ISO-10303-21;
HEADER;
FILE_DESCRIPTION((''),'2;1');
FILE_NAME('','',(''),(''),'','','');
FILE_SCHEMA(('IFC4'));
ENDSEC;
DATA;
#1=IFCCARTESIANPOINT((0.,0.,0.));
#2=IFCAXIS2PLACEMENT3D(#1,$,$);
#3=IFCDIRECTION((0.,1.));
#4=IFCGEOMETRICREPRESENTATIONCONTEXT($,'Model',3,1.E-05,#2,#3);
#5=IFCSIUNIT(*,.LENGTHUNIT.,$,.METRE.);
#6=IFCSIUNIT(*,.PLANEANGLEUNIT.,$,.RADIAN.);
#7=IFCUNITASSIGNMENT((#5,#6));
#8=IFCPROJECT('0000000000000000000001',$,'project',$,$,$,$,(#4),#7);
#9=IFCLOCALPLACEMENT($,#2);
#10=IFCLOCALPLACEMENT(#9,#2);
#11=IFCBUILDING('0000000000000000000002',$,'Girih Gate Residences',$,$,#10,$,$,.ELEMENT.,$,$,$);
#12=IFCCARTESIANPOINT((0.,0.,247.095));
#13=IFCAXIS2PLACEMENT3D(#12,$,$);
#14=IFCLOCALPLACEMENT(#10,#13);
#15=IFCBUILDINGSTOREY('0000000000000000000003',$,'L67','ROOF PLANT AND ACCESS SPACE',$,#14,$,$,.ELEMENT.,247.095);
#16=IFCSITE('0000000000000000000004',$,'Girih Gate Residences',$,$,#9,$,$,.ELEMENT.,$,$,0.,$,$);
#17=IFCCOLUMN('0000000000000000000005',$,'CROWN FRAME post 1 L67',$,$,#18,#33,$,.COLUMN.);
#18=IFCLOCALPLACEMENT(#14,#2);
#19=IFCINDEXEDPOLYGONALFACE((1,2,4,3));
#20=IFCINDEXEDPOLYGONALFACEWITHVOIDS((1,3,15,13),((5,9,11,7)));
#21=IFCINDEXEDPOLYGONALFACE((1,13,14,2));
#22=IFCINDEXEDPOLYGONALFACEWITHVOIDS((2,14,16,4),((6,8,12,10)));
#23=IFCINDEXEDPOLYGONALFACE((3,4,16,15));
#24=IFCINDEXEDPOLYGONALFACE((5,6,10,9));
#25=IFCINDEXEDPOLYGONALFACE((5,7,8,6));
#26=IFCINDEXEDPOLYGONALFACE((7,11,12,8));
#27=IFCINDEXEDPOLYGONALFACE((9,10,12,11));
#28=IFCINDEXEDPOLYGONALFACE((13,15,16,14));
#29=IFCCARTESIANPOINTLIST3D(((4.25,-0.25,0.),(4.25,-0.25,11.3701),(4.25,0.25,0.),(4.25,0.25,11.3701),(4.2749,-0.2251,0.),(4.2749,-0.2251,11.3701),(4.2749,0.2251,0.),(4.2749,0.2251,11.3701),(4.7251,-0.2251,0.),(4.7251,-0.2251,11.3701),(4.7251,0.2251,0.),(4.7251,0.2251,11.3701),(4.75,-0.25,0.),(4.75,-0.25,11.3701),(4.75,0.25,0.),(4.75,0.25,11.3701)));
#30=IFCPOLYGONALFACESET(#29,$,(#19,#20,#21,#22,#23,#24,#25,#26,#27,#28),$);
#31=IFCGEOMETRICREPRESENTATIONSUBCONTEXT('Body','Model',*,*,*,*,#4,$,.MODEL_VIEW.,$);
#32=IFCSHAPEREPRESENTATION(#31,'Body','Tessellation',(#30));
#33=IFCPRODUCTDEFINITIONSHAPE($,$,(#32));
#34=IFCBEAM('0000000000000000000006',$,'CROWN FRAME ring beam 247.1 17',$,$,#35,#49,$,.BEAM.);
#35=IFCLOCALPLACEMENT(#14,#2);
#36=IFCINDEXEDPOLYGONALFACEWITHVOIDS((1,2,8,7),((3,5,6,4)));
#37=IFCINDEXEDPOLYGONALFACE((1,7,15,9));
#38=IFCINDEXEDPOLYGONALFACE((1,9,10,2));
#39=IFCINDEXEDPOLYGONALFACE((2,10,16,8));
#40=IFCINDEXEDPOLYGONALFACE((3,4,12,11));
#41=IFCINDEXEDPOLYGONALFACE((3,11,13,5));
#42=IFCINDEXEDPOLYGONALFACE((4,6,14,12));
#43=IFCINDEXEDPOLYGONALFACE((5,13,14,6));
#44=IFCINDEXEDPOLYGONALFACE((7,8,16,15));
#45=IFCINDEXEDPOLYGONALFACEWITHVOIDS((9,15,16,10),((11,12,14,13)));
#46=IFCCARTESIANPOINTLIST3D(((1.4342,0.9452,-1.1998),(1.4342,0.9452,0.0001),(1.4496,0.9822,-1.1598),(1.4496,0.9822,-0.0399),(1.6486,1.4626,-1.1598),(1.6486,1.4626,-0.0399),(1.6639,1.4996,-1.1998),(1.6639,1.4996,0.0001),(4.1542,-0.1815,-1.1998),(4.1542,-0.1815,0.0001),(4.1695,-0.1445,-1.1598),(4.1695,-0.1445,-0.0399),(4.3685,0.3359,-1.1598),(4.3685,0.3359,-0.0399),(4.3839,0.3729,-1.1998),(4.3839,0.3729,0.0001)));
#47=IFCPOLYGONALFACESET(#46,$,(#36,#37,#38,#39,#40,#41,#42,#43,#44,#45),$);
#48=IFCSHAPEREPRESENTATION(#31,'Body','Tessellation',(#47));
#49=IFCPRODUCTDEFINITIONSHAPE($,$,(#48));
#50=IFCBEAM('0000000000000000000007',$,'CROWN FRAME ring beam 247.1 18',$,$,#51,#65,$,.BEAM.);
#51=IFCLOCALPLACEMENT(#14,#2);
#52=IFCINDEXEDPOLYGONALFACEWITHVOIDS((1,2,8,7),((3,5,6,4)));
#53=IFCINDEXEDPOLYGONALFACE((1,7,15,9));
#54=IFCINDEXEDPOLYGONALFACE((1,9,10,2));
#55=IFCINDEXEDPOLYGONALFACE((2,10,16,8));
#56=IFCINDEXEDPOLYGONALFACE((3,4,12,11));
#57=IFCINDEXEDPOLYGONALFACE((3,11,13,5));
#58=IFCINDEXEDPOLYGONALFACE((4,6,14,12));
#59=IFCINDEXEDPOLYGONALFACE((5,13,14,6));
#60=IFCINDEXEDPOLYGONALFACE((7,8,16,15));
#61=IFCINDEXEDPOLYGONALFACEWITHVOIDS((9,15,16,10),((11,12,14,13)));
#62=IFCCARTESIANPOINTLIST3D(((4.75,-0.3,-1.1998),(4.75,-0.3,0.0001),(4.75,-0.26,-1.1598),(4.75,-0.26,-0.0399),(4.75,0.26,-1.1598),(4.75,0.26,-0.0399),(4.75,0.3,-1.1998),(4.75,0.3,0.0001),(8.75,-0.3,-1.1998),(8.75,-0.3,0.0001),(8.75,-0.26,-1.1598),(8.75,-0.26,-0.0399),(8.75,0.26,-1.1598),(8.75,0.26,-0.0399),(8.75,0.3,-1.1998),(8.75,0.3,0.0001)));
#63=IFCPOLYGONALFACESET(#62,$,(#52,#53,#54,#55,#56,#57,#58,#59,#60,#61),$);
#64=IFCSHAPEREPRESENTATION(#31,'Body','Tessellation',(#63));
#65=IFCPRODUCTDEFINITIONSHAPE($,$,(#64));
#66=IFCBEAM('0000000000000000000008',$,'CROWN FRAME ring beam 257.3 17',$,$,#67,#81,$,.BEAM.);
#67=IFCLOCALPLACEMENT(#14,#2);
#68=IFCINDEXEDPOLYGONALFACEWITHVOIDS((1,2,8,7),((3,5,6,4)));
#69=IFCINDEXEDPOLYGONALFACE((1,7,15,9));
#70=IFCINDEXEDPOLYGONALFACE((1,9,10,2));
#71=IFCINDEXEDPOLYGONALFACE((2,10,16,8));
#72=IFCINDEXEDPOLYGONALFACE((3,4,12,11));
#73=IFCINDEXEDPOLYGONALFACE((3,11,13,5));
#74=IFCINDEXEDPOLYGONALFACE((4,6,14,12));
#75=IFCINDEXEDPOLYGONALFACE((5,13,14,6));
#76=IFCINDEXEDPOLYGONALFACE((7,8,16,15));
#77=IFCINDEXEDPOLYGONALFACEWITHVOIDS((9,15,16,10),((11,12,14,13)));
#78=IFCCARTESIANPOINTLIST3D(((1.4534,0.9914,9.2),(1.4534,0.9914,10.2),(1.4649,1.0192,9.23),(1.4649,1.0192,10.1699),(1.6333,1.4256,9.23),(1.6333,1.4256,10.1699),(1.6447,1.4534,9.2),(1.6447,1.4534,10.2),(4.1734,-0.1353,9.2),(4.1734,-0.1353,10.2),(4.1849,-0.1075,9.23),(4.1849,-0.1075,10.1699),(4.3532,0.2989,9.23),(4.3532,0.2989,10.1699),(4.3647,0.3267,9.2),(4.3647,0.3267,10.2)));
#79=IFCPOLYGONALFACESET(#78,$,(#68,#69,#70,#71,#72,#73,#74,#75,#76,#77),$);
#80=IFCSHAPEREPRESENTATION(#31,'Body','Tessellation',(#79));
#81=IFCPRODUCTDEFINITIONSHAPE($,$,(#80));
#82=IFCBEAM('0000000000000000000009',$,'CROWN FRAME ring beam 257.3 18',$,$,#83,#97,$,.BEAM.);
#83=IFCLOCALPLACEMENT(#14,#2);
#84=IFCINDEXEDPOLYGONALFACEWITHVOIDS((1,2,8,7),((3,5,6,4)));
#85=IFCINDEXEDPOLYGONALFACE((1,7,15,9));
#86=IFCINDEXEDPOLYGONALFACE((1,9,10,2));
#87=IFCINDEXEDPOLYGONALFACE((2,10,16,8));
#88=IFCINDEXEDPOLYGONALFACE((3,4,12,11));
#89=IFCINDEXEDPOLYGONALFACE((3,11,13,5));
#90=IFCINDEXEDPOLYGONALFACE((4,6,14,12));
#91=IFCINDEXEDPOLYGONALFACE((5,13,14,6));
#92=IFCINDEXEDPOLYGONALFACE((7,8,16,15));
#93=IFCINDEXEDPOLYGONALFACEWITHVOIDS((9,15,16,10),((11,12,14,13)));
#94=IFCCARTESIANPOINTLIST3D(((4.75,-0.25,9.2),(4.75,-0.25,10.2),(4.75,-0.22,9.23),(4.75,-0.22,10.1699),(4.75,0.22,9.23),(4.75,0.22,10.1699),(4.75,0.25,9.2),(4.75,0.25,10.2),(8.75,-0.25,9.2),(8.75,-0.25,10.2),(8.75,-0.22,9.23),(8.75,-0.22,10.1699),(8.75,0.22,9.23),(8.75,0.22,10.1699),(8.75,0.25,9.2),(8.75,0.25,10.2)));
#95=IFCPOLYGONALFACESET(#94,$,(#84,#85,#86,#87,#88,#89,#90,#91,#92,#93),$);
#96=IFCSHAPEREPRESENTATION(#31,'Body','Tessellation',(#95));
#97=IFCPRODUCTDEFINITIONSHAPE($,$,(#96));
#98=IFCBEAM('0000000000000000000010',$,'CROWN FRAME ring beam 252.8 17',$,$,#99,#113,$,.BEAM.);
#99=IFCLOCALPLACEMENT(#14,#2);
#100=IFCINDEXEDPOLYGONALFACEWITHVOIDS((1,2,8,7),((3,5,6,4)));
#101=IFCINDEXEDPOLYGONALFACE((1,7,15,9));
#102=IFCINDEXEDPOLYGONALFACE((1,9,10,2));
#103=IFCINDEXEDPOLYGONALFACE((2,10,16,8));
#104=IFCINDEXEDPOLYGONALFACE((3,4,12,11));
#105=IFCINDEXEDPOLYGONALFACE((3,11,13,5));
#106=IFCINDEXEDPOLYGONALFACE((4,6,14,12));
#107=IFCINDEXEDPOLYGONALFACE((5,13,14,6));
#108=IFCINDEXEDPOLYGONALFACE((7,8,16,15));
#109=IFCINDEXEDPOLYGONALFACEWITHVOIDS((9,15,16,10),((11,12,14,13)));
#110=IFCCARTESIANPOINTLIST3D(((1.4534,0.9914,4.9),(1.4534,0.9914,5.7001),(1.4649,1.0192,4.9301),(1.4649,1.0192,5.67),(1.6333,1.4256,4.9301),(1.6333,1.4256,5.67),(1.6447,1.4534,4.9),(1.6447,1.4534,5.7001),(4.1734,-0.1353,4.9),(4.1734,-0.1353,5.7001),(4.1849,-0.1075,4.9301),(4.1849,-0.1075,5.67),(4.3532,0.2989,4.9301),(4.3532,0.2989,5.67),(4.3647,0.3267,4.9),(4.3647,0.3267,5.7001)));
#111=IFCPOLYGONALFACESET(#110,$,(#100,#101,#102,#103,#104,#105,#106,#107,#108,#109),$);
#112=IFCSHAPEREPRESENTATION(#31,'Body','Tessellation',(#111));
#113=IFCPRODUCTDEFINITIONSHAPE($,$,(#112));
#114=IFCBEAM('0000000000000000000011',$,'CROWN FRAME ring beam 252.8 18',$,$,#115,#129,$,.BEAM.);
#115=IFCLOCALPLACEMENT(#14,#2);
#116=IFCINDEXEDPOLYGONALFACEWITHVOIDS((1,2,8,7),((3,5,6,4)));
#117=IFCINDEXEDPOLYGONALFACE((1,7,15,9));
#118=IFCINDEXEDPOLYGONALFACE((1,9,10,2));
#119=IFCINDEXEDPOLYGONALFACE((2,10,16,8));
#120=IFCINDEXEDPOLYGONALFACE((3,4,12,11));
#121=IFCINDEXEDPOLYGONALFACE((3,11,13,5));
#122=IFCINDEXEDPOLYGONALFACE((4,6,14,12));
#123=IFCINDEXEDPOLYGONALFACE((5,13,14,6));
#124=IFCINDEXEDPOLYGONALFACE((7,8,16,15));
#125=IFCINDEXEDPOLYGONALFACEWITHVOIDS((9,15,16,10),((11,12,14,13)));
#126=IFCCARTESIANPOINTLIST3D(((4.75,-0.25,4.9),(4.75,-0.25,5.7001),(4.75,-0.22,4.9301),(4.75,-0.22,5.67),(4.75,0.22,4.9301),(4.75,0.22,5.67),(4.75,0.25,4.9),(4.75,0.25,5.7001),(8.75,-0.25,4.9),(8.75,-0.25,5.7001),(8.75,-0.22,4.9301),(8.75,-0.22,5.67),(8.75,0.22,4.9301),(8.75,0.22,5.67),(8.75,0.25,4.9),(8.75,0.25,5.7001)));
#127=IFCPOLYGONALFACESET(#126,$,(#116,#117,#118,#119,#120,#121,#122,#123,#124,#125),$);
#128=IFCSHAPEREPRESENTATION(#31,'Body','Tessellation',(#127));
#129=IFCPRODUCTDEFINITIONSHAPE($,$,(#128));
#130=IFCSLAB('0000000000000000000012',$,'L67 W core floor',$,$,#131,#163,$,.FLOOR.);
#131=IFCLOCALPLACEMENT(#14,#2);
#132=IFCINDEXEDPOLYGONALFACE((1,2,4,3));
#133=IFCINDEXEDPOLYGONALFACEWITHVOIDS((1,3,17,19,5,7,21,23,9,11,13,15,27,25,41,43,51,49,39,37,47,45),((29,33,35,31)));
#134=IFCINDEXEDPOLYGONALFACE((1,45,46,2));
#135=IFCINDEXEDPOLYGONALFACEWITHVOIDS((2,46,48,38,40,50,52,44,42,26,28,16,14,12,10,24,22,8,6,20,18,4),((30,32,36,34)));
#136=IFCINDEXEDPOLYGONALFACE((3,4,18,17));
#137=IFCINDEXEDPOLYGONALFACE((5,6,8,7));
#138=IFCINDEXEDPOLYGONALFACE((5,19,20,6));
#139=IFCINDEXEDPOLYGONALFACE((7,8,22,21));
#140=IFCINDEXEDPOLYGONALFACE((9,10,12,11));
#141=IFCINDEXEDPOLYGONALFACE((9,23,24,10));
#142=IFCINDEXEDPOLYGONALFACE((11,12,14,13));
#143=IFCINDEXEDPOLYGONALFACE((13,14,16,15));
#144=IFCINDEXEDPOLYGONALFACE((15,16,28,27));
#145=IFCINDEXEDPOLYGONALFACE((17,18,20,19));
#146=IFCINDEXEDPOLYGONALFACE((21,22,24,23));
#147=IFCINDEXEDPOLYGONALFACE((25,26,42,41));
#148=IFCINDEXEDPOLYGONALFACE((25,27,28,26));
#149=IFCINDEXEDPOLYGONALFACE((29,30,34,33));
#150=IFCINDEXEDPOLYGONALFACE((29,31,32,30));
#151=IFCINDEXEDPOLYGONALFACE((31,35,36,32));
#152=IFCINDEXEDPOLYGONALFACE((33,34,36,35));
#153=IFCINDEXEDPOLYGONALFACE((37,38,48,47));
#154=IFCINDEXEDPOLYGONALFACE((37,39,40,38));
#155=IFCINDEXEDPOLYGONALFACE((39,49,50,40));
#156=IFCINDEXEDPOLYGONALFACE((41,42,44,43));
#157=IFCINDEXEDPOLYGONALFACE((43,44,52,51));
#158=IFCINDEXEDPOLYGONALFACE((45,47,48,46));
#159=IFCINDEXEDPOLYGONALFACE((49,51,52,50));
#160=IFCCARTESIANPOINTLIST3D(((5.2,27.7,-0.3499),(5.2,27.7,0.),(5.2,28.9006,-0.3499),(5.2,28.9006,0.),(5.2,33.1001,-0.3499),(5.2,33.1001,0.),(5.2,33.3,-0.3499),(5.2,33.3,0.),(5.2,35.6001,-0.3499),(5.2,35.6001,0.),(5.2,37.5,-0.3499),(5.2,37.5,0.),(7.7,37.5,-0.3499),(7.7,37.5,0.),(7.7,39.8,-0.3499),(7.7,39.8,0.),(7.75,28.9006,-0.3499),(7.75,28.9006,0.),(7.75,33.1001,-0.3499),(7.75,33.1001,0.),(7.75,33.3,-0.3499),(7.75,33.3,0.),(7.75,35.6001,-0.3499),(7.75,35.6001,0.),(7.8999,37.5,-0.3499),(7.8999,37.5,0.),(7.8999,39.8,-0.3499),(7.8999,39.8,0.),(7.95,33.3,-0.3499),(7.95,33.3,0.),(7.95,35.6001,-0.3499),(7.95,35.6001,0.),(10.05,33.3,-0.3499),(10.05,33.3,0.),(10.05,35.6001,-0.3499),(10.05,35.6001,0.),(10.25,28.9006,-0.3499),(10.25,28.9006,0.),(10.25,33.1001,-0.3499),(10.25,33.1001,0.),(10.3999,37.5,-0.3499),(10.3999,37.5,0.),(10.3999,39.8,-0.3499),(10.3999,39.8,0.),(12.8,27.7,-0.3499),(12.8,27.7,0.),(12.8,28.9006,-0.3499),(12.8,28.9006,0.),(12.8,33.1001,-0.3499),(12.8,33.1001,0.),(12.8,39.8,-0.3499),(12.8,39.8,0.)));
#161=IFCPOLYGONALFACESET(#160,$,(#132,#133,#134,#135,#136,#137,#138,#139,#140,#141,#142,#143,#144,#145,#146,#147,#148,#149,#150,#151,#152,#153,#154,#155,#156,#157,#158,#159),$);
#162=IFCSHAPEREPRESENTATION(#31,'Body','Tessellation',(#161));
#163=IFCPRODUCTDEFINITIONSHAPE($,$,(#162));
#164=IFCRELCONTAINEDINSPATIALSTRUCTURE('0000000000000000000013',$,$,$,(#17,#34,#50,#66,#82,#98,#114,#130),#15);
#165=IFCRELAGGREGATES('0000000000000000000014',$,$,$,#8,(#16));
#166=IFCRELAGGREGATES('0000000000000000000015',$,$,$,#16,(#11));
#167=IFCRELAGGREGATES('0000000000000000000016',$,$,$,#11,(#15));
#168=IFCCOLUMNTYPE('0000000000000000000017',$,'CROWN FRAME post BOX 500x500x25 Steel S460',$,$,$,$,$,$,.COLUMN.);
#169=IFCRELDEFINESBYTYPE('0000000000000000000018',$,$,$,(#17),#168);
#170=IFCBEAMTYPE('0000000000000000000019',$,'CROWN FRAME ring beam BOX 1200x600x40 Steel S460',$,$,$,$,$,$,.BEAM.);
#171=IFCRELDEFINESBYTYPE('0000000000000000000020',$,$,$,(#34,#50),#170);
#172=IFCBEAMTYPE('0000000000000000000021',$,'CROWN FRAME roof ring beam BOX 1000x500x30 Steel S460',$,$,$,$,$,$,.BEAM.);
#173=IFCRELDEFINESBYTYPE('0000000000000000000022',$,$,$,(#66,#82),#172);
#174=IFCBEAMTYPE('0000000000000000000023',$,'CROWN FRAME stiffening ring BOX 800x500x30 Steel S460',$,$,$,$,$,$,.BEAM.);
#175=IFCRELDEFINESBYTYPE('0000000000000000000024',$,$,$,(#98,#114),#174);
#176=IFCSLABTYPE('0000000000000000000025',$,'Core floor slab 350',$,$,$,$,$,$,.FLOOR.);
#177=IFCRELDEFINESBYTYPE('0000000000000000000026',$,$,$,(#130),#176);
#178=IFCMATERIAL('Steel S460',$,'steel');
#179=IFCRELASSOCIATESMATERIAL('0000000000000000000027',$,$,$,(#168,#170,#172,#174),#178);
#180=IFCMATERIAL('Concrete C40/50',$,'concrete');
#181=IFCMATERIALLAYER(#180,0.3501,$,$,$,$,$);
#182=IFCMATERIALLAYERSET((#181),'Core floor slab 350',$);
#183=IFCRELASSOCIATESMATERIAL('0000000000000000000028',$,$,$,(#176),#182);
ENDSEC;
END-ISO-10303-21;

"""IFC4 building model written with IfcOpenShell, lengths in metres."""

from ifc_helpers import new_model, si_unit, direction, frame, origin, origin_2d, place, context, subcontext, project, spatial, polyline, hollow_rectangle, outline, extrude, material, layer, layer_set, material_profile, profile_set, type_object, element, save


model = new_model("IFC4")

# Units and contexts
model_context = context("Model", 3, precision=1e-05, world=origin(), true_north=direction((0.0, 1.0)))
body_context = subcontext(model_context, "Body", "Model", "MODEL_VIEW")
ifc_project = project(units=[si_unit("LENGTHUNIT", "METRE"), si_unit("PLANEANGLEUNIT", "RADIAN")], contexts=[model_context])

# Site, building, storey
site_placement = place(None, origin())
site = spatial("IfcSite", under=ifc_project, at=site_placement, Name="Girih Gate Residences", CompositionType="ELEMENT", RefElevation=0.0)
building_placement = place(site_placement, origin())
building = spatial("IfcBuilding", under=site, at=building_placement, Name="Girih Gate Residences", CompositionType="ELEMENT")
storey_placement = place(building_placement, frame((0.0, 0.0, 247.095)))
storey = spatial("IfcBuildingStorey", under=building, at=storey_placement, Name="L67", Description="ROOF PLANT AND ACCESS SPACE", CompositionType="ELEMENT", Elevation=247.095)

# Column
ifc_material_1 = material(Name="Steel S460", Category="steel")
ifc_material_profile_1 = material_profile(ifc_material_1, hollow_rectangle(XDim=0.5, YDim=0.5, WallThickness=0.0249, at=origin_2d()))
ifc_profile_set_1 = profile_set([ifc_material_profile_1], Name="Steel S460")
column_type = type_object("IfcColumnType", Name="CROWN FRAME post BOX 500x500x25 Steel S460", PredefinedType="COLUMN", material=ifc_profile_set_1)
column_placement = place(storey_placement, frame((4.5, 0.0, 0.0), z_axis=(0.0, 0.0, 1.0), x_axis=(1.0, 0.0, 0.0)))
element("IfcColumn", 1, at=column_placement, inside=storey, type_object=column_type, Name="CROWN FRAME post 1 L67", PredefinedType="COLUMN", context=body_context, shape_type="SweptSolid", body=[
    extrude(hollow_rectangle(XDim=0.5, YDim=0.5, WallThickness=0.0249, at=origin_2d()), origin(), (0.0, 0.0, 1.0), 11.3701),
])

# Beams
ifc_material_profile_2 = material_profile(ifc_material_1, hollow_rectangle(XDim=0.6001, YDim=1.2, WallThickness=0.04, at=origin_2d()))
ifc_profile_set_2 = profile_set([ifc_material_profile_2], Name="Steel S460")
beam_type_1 = type_object("IfcBeamType", Name="CROWN FRAME ring beam BOX 1200x600x40 Steel S460", PredefinedType="BEAM", material=ifc_profile_set_2)
beam_1_placement = place(storey_placement, frame((1.5491, 1.2224, -0.5999), z_axis=(0.923872, -0.382701, 0.0), x_axis=(0.382701, 0.923872, 0.0)))
element("IfcBeam", 2, at=beam_1_placement, inside=storey, type_object=beam_type_1, Name="CROWN FRAME ring beam 247.1 17", PredefinedType="BEAM", context=body_context, shape_type="SweptSolid", body=[
    extrude(hollow_rectangle(XDim=0.6001, YDim=1.2, WallThickness=0.04, at=origin_2d()), origin(), (0.0, 0.0, 1.0), 2.9441),
])
beam_2_placement = place(storey_placement, frame((4.75, 0.0, -0.5999), z_axis=(1.0, 0.0, 0.0), x_axis=(0.0, 1.0, 0.0)))
element("IfcBeam", 3, at=beam_2_placement, inside=storey, type_object=beam_type_1, Name="CROWN FRAME ring beam 247.1 18", PredefinedType="BEAM", context=body_context, shape_type="SweptSolid", body=[
    extrude(hollow_rectangle(XDim=0.6001, YDim=1.2, WallThickness=0.04, at=origin_2d()), origin(), (0.0, 0.0, 1.0), 4.0),
])
ifc_material_profile_3 = material_profile(ifc_material_1, hollow_rectangle(XDim=0.5, YDim=1.0, WallThickness=0.03, at=origin_2d()))
ifc_profile_set_3 = profile_set([ifc_material_profile_3], Name="Steel S460")
beam_type_2 = type_object("IfcBeamType", Name="CROWN FRAME roof ring beam BOX 1000x500x30 Steel S460", PredefinedType="BEAM", material=ifc_profile_set_3)
beam_3_placement = place(storey_placement, frame((1.5491, 1.2224, 9.7), z_axis=(0.923872, -0.382701, 0.0), x_axis=(0.382701, 0.923872, 0.0)))
element("IfcBeam", 4, at=beam_3_placement, inside=storey, type_object=beam_type_2, Name="CROWN FRAME ring beam 257.3 17", PredefinedType="BEAM", context=body_context, shape_type="SweptSolid", body=[
    extrude(hollow_rectangle(XDim=0.5, YDim=1.0, WallThickness=0.03, at=origin_2d()), origin(), (0.0, 0.0, 1.0), 2.9441),
])
beam_4_placement = place(storey_placement, frame((4.75, 0.0, 9.7), z_axis=(1.0, 0.0, 0.0), x_axis=(0.0, 1.0, 0.0)))
element("IfcBeam", 5, at=beam_4_placement, inside=storey, type_object=beam_type_2, Name="CROWN FRAME ring beam 257.3 18", PredefinedType="BEAM", context=body_context, shape_type="SweptSolid", body=[
    extrude(hollow_rectangle(XDim=0.5, YDim=1.0, WallThickness=0.03, at=origin_2d()), origin(), (0.0, 0.0, 1.0), 4.0),
])
ifc_material_profile_4 = material_profile(ifc_material_1, hollow_rectangle(XDim=0.5, YDim=0.8, WallThickness=0.03, at=origin_2d()))
ifc_profile_set_4 = profile_set([ifc_material_profile_4], Name="Steel S460")
beam_type_3 = type_object("IfcBeamType", Name="CROWN FRAME stiffening ring BOX 800x500x30 Steel S460", PredefinedType="BEAM", material=ifc_profile_set_4)
beam_5_placement = place(storey_placement, frame((1.5491, 1.2224, 5.3), z_axis=(0.923872, -0.382701, 0.0), x_axis=(0.382701, 0.923872, 0.0)))
element("IfcBeam", 6, at=beam_5_placement, inside=storey, type_object=beam_type_3, Name="CROWN FRAME ring beam 252.8 17", PredefinedType="BEAM", context=body_context, shape_type="SweptSolid", body=[
    extrude(hollow_rectangle(XDim=0.5, YDim=0.8, WallThickness=0.03, at=origin_2d()), origin(), (0.0, 0.0, 1.0), 2.9441),
])
beam_6_placement = place(storey_placement, frame((4.75, 0.0, 5.3), z_axis=(1.0, 0.0, 0.0), x_axis=(0.0, 1.0, 0.0)))
element("IfcBeam", 7, at=beam_6_placement, inside=storey, type_object=beam_type_3, Name="CROWN FRAME ring beam 252.8 18", PredefinedType="BEAM", context=body_context, shape_type="SweptSolid", body=[
    extrude(hollow_rectangle(XDim=0.5, YDim=0.8, WallThickness=0.03, at=origin_2d()), origin(), (0.0, 0.0, 1.0), 4.0),
])

# Slab
ifc_material_2 = material(Name="Concrete C40/50", Category="concrete")
ifc_layer_1 = layer(ifc_material_2, 0.3501)
ifc_layer_set_1 = layer_set([ifc_layer_1], Name="Core floor slab 350")
slab_type = type_object("IfcSlabType", Name="Core floor slab 350", PredefinedType="FLOOR", material=ifc_layer_set_1)
slab_placement = place(storey_placement, frame((0.0, 0.0, -0.3499)))
element("IfcSlab", 8, at=slab_placement, inside=storey, type_object=slab_type, Name="L67 W core floor", PredefinedType="FLOOR", context=body_context, shape_type="SweptSolid", body=[
    extrude(outline(polyline([(12.8, 27.7), (5.2, 27.7), (5.2, 28.9006), (7.75, 28.9006), (7.75, 33.1001), (5.2, 33.1001), (5.2, 33.3), (7.75, 33.3), (7.75, 35.6001), (5.2, 35.6001), (5.2, 37.5), (7.7, 37.5), (7.7, 39.8), (7.8999, 39.8), (7.8999, 37.5), (10.3999, 37.5), (10.3999, 39.8), (12.8, 39.8), (12.8, 33.1001), (10.25, 33.1001), (10.25, 28.9006), (12.8, 28.9006), (12.8, 27.7)]), holes=[polyline([(7.95, 33.3), (10.05, 33.3), (10.05, 35.6001), (7.95, 35.6001), (7.95, 33.3)])]), origin(), (0.0, 0.0, 1.0), 0.3499),
])

save(model, "model.ifc")
